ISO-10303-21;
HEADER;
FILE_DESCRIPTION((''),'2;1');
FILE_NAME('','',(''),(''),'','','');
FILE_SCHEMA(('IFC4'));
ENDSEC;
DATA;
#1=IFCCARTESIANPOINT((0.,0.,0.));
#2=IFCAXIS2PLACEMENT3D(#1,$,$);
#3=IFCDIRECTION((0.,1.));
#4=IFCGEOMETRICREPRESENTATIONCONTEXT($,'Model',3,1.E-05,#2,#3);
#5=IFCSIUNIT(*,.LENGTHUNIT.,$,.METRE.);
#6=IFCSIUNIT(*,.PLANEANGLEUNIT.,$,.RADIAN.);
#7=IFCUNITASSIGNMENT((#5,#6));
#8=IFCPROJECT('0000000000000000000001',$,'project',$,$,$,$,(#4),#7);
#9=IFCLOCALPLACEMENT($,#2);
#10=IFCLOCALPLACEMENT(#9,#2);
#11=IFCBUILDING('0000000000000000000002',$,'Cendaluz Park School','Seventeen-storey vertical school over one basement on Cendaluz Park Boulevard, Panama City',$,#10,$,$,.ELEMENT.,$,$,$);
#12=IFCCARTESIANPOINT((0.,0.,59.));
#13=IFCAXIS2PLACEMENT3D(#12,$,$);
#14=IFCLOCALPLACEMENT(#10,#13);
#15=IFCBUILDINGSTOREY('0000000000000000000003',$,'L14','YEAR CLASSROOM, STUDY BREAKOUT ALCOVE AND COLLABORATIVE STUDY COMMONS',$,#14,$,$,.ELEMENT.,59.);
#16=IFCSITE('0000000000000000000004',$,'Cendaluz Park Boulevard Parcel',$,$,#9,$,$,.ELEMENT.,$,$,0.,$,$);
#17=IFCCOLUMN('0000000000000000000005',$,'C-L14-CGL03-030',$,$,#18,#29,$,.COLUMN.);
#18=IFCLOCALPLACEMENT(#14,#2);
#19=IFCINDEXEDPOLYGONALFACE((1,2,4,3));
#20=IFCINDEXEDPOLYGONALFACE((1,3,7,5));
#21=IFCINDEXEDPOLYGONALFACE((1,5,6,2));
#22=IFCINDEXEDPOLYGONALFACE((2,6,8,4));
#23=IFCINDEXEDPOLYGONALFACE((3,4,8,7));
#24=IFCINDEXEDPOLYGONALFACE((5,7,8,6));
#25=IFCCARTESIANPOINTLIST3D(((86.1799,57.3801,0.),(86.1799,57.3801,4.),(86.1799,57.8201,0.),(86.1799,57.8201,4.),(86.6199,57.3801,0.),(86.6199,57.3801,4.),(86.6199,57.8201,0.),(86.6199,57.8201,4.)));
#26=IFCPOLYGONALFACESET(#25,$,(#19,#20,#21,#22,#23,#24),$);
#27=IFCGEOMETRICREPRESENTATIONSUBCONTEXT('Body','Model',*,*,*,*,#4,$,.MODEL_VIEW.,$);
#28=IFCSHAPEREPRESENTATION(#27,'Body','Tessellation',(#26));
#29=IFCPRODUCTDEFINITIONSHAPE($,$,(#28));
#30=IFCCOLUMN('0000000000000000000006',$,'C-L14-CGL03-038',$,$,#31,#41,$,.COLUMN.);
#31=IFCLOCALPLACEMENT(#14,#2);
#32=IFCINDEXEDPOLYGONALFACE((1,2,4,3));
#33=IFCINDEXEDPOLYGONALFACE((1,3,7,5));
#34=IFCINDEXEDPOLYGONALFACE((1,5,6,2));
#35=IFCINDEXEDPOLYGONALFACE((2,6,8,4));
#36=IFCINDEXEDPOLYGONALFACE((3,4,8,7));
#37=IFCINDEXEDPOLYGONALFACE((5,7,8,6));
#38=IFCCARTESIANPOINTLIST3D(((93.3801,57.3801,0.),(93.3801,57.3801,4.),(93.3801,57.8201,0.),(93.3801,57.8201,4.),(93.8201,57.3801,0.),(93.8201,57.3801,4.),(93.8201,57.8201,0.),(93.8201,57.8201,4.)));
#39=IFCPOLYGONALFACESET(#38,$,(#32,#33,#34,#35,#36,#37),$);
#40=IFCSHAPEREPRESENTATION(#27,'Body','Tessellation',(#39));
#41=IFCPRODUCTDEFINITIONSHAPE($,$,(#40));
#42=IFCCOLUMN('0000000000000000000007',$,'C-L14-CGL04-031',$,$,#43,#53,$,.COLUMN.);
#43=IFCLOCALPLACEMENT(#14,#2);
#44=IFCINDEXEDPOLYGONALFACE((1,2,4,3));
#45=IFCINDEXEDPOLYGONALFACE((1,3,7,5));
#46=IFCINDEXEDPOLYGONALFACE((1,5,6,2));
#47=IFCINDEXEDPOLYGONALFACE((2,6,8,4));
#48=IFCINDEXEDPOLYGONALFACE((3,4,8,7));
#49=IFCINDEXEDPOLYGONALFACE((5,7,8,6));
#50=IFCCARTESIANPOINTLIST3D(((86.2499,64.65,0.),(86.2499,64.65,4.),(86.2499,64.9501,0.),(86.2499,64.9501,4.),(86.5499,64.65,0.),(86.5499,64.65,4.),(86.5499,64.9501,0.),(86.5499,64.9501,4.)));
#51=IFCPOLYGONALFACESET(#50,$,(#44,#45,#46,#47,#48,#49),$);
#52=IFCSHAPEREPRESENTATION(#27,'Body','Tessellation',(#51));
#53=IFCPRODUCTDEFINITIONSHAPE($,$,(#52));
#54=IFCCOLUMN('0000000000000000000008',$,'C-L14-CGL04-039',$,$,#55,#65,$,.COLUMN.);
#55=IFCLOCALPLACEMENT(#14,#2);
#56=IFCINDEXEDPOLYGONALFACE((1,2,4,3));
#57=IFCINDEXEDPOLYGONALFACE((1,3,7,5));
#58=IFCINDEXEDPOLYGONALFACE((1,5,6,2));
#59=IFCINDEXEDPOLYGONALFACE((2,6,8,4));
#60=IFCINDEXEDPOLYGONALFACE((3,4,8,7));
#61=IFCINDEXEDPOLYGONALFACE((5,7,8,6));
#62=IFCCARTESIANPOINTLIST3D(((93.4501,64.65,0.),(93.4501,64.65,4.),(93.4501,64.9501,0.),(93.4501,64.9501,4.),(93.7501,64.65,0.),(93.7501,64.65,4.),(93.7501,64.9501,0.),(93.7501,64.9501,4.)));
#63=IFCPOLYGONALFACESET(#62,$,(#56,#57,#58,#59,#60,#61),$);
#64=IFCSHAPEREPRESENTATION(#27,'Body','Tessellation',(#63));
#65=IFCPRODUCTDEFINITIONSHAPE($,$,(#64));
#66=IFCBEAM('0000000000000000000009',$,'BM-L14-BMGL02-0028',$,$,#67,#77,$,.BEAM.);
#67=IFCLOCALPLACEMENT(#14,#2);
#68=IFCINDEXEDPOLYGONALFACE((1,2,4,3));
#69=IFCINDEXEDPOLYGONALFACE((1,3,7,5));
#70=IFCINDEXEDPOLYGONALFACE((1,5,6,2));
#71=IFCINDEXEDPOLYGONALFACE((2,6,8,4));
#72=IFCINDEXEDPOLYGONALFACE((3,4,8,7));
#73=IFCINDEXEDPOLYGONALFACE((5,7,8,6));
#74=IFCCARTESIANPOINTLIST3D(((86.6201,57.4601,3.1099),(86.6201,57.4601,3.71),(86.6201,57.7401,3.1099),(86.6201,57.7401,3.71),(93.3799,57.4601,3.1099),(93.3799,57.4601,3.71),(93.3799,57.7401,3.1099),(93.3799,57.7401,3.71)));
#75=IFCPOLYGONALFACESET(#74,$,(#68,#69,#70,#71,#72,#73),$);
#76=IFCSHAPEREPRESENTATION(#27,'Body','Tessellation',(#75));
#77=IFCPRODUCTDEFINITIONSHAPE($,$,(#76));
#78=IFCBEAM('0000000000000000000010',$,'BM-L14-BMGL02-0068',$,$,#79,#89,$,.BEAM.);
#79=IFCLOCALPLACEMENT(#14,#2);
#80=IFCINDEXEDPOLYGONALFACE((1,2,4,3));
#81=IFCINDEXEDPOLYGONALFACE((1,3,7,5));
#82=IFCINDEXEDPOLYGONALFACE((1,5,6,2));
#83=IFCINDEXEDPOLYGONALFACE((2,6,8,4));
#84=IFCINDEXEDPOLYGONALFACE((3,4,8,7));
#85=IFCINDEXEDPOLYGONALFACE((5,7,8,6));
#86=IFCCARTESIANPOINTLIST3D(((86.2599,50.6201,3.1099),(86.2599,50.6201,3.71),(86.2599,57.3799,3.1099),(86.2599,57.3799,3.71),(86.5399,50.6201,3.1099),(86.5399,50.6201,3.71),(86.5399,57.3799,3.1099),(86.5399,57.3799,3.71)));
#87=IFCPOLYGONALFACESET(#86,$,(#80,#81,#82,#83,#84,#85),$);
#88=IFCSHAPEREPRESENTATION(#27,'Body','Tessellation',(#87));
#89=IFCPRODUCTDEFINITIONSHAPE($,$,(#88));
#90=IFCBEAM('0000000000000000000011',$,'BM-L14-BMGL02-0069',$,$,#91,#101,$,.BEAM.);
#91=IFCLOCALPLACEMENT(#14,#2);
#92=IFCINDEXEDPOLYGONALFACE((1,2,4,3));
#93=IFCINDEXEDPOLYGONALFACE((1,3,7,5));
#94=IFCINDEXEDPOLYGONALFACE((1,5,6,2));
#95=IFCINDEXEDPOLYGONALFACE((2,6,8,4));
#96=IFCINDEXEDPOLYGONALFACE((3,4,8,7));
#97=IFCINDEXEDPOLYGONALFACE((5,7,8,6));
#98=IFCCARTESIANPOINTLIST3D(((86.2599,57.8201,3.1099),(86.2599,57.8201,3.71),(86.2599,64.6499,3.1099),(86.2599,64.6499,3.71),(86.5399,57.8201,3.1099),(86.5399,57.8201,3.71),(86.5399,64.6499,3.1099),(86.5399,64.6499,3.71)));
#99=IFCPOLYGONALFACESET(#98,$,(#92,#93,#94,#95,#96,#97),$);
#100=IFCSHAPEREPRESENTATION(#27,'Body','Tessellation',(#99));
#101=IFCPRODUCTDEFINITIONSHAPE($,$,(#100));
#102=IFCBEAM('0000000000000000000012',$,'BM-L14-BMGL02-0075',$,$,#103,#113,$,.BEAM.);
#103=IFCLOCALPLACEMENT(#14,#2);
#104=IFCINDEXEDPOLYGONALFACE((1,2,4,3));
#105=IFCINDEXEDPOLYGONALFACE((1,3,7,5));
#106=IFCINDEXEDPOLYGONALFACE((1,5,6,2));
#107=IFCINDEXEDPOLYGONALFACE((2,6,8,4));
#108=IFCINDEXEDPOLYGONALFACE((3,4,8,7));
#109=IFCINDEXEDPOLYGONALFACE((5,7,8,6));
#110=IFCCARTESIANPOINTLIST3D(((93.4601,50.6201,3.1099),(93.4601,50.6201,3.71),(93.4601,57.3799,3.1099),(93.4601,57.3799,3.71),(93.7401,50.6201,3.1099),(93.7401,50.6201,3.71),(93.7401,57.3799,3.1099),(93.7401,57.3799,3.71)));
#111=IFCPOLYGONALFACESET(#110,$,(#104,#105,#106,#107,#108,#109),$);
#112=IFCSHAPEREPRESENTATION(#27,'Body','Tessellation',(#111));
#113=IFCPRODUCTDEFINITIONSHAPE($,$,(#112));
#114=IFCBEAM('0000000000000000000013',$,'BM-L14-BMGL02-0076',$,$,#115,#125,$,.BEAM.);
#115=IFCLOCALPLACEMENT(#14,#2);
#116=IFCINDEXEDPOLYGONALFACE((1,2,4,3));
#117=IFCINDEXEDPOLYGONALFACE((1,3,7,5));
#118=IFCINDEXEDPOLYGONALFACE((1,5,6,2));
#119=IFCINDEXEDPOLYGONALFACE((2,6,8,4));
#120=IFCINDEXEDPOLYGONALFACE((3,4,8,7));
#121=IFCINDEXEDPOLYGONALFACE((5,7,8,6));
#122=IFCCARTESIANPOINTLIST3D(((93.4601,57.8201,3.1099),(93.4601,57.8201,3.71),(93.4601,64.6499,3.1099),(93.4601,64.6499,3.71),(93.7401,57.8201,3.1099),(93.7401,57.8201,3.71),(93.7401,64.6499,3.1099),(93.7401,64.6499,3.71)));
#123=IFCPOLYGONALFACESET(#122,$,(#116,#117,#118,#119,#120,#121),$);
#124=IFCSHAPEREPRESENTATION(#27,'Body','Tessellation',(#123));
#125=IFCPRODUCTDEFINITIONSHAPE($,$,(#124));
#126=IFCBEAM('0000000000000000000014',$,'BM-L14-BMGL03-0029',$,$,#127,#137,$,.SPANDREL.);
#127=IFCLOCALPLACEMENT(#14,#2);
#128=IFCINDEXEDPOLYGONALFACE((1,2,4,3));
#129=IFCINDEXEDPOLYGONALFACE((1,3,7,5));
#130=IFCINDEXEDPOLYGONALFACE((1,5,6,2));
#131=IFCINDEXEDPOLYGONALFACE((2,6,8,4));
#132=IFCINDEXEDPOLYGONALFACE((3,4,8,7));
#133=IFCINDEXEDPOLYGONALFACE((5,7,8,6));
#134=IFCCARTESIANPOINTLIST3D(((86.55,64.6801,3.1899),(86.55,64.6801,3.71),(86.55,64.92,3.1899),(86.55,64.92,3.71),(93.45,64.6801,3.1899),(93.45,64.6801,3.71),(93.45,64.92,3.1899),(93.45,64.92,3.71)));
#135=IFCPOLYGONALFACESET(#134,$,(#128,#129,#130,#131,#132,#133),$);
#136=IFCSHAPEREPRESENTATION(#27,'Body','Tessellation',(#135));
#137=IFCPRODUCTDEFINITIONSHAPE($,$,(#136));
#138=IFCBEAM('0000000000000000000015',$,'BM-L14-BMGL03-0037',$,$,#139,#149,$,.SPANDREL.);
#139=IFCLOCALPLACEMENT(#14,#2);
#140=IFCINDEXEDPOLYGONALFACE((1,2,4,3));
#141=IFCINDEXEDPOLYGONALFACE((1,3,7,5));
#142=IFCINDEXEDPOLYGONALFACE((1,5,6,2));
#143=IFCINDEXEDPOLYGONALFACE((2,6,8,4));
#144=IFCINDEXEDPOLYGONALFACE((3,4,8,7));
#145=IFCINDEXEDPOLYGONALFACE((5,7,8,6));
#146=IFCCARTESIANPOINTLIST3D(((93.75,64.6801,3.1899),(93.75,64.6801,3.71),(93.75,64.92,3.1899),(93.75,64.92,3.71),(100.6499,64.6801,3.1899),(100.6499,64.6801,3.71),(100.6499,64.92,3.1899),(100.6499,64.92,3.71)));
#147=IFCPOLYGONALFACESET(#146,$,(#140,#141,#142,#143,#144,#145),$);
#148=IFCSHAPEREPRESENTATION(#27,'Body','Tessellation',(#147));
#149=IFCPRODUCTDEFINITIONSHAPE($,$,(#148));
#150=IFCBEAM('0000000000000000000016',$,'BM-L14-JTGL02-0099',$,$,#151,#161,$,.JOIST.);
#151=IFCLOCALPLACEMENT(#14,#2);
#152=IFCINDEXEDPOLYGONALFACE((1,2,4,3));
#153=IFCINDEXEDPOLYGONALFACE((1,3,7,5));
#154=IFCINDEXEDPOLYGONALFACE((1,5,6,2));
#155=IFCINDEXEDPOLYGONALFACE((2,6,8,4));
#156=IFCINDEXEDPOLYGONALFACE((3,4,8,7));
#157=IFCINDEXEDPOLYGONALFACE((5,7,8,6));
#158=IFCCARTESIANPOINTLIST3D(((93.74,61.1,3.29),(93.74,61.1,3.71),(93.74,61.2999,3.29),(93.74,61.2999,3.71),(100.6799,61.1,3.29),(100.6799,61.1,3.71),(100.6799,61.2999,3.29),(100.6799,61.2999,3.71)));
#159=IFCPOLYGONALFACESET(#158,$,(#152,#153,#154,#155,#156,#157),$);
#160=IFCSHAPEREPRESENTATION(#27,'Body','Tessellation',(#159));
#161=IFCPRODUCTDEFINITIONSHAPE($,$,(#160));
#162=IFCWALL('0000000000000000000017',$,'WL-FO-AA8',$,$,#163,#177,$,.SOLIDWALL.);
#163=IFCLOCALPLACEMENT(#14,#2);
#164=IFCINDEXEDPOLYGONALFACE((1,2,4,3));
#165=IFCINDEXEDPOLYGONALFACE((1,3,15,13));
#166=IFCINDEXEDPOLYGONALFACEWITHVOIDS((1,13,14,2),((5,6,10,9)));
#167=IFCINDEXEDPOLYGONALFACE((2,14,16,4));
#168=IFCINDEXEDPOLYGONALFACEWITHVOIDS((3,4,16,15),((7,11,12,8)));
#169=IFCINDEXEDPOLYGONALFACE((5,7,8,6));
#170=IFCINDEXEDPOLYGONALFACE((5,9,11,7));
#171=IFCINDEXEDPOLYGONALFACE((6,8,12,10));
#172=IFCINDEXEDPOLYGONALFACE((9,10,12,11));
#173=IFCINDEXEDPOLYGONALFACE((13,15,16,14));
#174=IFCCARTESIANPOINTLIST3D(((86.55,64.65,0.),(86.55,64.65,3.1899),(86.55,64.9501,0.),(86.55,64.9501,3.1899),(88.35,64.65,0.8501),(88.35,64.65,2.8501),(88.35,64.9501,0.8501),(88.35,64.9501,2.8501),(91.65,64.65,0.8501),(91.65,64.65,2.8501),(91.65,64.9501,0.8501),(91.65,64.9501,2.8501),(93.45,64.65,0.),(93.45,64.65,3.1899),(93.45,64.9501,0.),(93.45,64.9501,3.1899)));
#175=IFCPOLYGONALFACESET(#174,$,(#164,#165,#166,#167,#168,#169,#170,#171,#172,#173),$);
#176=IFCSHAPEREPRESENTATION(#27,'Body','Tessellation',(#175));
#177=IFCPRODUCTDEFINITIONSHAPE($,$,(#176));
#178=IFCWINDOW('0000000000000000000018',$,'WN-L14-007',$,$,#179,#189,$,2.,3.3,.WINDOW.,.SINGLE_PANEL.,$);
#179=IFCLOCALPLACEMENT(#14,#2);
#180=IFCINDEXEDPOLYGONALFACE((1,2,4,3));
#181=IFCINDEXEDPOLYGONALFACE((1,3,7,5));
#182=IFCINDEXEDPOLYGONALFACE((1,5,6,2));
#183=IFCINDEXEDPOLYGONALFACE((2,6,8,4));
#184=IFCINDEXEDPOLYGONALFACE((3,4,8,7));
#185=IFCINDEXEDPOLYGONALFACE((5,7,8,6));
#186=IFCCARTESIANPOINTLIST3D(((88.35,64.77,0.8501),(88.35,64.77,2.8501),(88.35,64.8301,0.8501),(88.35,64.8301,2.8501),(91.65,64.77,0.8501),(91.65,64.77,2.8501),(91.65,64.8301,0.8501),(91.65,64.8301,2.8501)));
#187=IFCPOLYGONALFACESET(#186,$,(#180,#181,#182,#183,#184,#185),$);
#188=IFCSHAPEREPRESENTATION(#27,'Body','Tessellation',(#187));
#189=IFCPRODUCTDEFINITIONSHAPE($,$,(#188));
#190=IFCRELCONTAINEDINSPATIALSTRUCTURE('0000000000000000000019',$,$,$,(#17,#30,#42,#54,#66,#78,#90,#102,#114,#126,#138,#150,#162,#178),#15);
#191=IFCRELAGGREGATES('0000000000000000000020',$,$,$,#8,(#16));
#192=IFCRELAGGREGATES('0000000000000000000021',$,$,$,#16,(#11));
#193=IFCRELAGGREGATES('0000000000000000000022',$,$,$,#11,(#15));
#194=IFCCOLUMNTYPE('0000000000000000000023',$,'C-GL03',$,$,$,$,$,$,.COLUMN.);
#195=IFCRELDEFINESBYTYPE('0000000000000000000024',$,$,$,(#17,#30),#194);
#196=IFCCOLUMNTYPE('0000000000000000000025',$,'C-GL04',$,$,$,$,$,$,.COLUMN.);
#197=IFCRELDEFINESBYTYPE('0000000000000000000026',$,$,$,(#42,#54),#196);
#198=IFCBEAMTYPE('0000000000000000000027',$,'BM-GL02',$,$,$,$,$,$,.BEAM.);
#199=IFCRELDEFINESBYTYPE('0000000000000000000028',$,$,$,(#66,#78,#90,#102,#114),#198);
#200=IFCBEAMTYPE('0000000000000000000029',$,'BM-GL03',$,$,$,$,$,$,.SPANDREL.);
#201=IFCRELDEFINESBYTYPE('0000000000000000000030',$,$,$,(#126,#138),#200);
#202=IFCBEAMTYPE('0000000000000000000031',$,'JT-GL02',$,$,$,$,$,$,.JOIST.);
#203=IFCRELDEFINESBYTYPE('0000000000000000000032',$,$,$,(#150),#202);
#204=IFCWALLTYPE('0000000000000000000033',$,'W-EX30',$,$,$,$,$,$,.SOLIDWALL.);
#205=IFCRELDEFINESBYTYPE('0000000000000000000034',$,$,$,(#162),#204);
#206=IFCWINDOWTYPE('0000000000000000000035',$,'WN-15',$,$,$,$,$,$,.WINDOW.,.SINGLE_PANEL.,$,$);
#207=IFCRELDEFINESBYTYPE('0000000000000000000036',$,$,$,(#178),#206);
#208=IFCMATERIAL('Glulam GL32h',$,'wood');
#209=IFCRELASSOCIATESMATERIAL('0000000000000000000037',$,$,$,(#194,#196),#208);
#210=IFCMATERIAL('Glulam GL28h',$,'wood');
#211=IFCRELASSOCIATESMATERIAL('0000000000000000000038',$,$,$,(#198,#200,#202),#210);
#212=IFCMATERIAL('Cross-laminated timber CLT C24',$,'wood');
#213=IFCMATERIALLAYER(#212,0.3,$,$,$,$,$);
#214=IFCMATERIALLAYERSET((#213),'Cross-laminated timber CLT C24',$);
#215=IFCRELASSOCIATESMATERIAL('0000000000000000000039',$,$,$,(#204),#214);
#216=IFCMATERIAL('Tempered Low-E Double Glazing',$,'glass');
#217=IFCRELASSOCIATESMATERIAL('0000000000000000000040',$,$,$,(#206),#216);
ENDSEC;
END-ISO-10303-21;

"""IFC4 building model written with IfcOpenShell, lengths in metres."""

from ifc_helpers import new_model, si_unit, direction, frame, frame_2d, origin, origin_2d, place, context, subcontext, project, spatial, rectangle, extrude, material, layer, layer_set, material_profile, profile_set, type_object, element, fill, save


model = new_model("IFC4")

# Units and contexts
model_context = context("Model", 3, precision=1e-05, world=origin(), true_north=direction((0.0, 1.0)))
body_context = subcontext(model_context, "Body", "Model", "MODEL_VIEW")
ifc_project = project(units=[si_unit("LENGTHUNIT", "METRE"), si_unit("PLANEANGLEUNIT", "RADIAN")], contexts=[model_context])

# Site, building, storey
site_placement = place(None, origin())
site = spatial("IfcSite", under=ifc_project, at=site_placement, Name="Cendaluz Park Boulevard Parcel", CompositionType="ELEMENT", RefElevation=0.0)
building_placement = place(site_placement, origin())
building = spatial("IfcBuilding", under=site, at=building_placement, Name="Cendaluz Park School", Description="Seventeen-storey vertical school over one basement on Cendaluz Park Boulevard, Panama City", CompositionType="ELEMENT")
storey_placement = place(building_placement, frame((0.0, 0.0, 59.0)))
storey = spatial("IfcBuildingStorey", under=building, at=storey_placement, Name="L14", Description="YEAR CLASSROOM, STUDY BREAKOUT ALCOVE AND COLLABORATIVE STUDY COMMONS", CompositionType="ELEMENT", Elevation=59.0)

# Columns
ifc_material_1 = material(Name="Glulam GL32h", Category="wood")
ifc_material_profile_1 = material_profile(ifc_material_1, rectangle(XDim=0.4399, YDim=0.4399, at=origin_2d()), Name="GL32h 440x440", Category="wood")
ifc_profile_set_1 = profile_set([ifc_material_profile_1], Name="Glulam GL32h")
column_type_1 = type_object("IfcColumnType", Name="C-GL03", PredefinedType="COLUMN", material=ifc_profile_set_1)
for number, where, z_axis, x_axis, name in (
    (1, (86.3999, 57.6001, 0.0), (0.0, 0.0, 1.0), (1.0, 0.0, 0.0), "C-L14-CGL03-030"),
    (2, (93.6001, 57.6001, 0.0), (0.0, 0.0, 1.0), (1.0, 0.0, 0.0), "C-L14-CGL03-038"),
):
    element("IfcColumn", number, at=place(storey_placement, frame(where, z_axis=z_axis, x_axis=x_axis)), inside=storey, type_object=column_type_1, Name=name, PredefinedType="COLUMN", context=body_context, shape_type="SweptSolid", body=[
        extrude(rectangle(XDim=0.4399, YDim=0.4399, at=origin_2d()), origin(), (0.0, 0.0, 1.0), 4.0),
    ])
ifc_material_profile_2 = material_profile(ifc_material_1, rectangle(XDim=0.3, YDim=0.3, at=origin_2d()), Name="GL32h 300x300", Category="wood")
ifc_profile_set_2 = profile_set([ifc_material_profile_2], Name="Glulam GL32h")
column_type_2 = type_object("IfcColumnType", Name="C-GL04", PredefinedType="COLUMN", material=ifc_profile_set_2)
for number, where, z_axis, x_axis, name in (
    (3, (86.3999, 64.8, 0.0), (0.0, 0.0, 1.0), (1.0, 0.0, 0.0), "C-L14-CGL04-031"),
    (4, (93.6001, 64.8, 0.0), (0.0, 0.0, 1.0), (1.0, 0.0, 0.0), "C-L14-CGL04-039"),
):
    element("IfcColumn", number, at=place(storey_placement, frame(where, z_axis=z_axis, x_axis=x_axis)), inside=storey, type_object=column_type_2, Name=name, PredefinedType="COLUMN", context=body_context, shape_type="SweptSolid", body=[
        extrude(rectangle(XDim=0.3, YDim=0.3, at=origin_2d()), origin(), (0.0, 0.0, 1.0), 4.0),
    ])

# Beams
ifc_material_2 = material(Name="Glulam GL28h", Category="wood")
ifc_material_profile_3 = material_profile(ifc_material_2, rectangle(XDim=0.28, YDim=0.6001, at=origin_2d()), Name="GL28h 280x600", Category="wood")
ifc_profile_set_3 = profile_set([ifc_material_profile_3], Name="Glulam GL28h")
beam_type_1 = type_object("IfcBeamType", Name="BM-GL02", PredefinedType="BEAM", material=ifc_profile_set_3)
for number, where, z_axis, x_axis, name in (
    (5, (86.6201, 57.6001, 3.4099), (1.0, 0.0, 0.0), (0.0, 1.0, 0.0), "BM-L14-BMGL02-0028"),
    (6, (86.3999, 50.6201, 3.4099), (0.0, 1.0, 0.0), (-1.0, 0.0, 0.0), "BM-L14-BMGL02-0068"),
):
    element("IfcBeam", number, at=place(storey_placement, frame(where, z_axis=z_axis, x_axis=x_axis)), inside=storey, type_object=beam_type_1, Name=name, PredefinedType="BEAM", context=body_context, shape_type="SweptSolid", body=[
        extrude(rectangle(XDim=0.28, YDim=0.6001, at=origin_2d()), origin(), (0.0, 0.0, 1.0), 6.7598),
    ])
beam_1_placement = place(storey_placement, frame((86.3999, 57.8201, 3.4099), z_axis=(0.0, 1.0, 0.0), x_axis=(-1.0, 0.0, 0.0)))
element("IfcBeam", 7, at=beam_1_placement, inside=storey, type_object=beam_type_1, Name="BM-L14-BMGL02-0069", PredefinedType="BEAM", context=body_context, shape_type="SweptSolid", body=[
    extrude(rectangle(XDim=0.28, YDim=0.6001, at=origin_2d()), origin(), (0.0, 0.0, 1.0), 6.8298),
])
beam_2_placement = place(storey_placement, frame((93.6001, 50.6201, 3.4099), z_axis=(0.0, 1.0, 0.0), x_axis=(-1.0, 0.0, 0.0)))
element("IfcBeam", 8, at=beam_2_placement, inside=storey, type_object=beam_type_1, Name="BM-L14-BMGL02-0075", PredefinedType="BEAM", context=body_context, shape_type="SweptSolid", body=[
    extrude(rectangle(XDim=0.28, YDim=0.6001, at=origin_2d()), origin(), (0.0, 0.0, 1.0), 6.7598),
])
beam_3_placement = place(storey_placement, frame((93.6001, 57.8201, 3.4099), z_axis=(0.0, 1.0, 0.0), x_axis=(-1.0, 0.0, 0.0)))
element("IfcBeam", 9, at=beam_3_placement, inside=storey, type_object=beam_type_1, Name="BM-L14-BMGL02-0076", PredefinedType="BEAM", context=body_context, shape_type="SweptSolid", body=[
    extrude(rectangle(XDim=0.28, YDim=0.6001, at=origin_2d()), origin(), (0.0, 0.0, 1.0), 6.8298),
])
ifc_material_profile_4 = material_profile(ifc_material_2, rectangle(XDim=0.24, YDim=0.52, at=origin_2d()), Name="GL28h 240x520", Category="wood")
ifc_profile_set_4 = profile_set([ifc_material_profile_4], Name="Glulam GL28h")
beam_type_2 = type_object("IfcBeamType", Name="BM-GL03", PredefinedType="SPANDREL", material=ifc_profile_set_4)
for number, where, z_axis, x_axis, name in (
    (10, (86.55, 64.8, 3.45), (1.0, 0.0, 0.0), (0.0, 1.0, 0.0), "BM-L14-BMGL03-0029"),
    (11, (93.75, 64.8, 3.45), (1.0, 0.0, 0.0), (0.0, 1.0, 0.0), "BM-L14-BMGL03-0037"),
):
    element("IfcBeam", number, at=place(storey_placement, frame(where, z_axis=z_axis, x_axis=x_axis)), inside=storey, type_object=beam_type_2, Name=name, PredefinedType="SPANDREL", context=body_context, shape_type="SweptSolid", body=[
        extrude(rectangle(XDim=0.24, YDim=0.52, at=origin_2d()), origin(), (0.0, 0.0, 1.0), 6.8999),
    ])
ifc_material_profile_5 = material_profile(ifc_material_2, rectangle(XDim=0.2, YDim=0.4199, at=origin_2d()), Name="GL28h 200x420", Category="wood")
ifc_profile_set_5 = profile_set([ifc_material_profile_5], Name="Glulam GL28h")
beam_type_3 = type_object("IfcBeamType", Name="JT-GL02", PredefinedType="JOIST", material=ifc_profile_set_5)
beam_4_placement = place(storey_placement, frame((93.74, 61.2, 3.5), z_axis=(1.0, 0.0, 0.0), x_axis=(0.0, 1.0, 0.0)))
element("IfcBeam", 12, at=beam_4_placement, inside=storey, type_object=beam_type_3, Name="BM-L14-JTGL02-0099", PredefinedType="JOIST", context=body_context, shape_type="SweptSolid", body=[
    extrude(rectangle(XDim=0.2, YDim=0.4199, at=origin_2d()), origin(), (0.0, 0.0, 1.0), 6.9399),
])

# Wall, opening, window
ifc_material_3 = material(Name="Cross-laminated timber CLT C24", Category="wood")
ifc_layer_1 = layer(ifc_material_3, 0.3)
ifc_layer_set_1 = layer_set([ifc_layer_1], Name="Cross-laminated timber CLT C24")
wall_type_1 = type_object("IfcWallType", Name="W-EX30", PredefinedType="SOLIDWALL", material=ifc_layer_set_1)
wall_1_placement = place(storey_placement, frame((86.55, 64.8, 0.0), z_axis=(0.0, 0.0, 1.0), x_axis=(1.0, 0.0, 0.0)))
wall_1 = element("IfcWall", 13, at=wall_1_placement, inside=storey, type_object=wall_type_1, Name="WL-FO-AA8", PredefinedType="SOLIDWALL", context=body_context, shape_type="SweptSolid", body=[
    extrude(rectangle(XDim=6.8999, YDim=0.3, at=frame_2d((3.45, 0.0))), origin(), (0.0, 0.0, 1.0), 3.1899),
])
opening_placement = place(wall_1_placement, frame((1.8, 0.0, 0.8501)))
opening = element("IfcOpeningElement", 14, at=opening_placement, cuts=wall_1, PredefinedType="OPENING", context=body_context, shape_type="SweptSolid", body=[
    extrude(rectangle(XDim=3.3, YDim=2.0, at=frame_2d((1.6499, 1.0))), frame((0.0, 0.1621, 0.0), z_axis=(0.0, -1.0, 0.0), x_axis=(1.0, 0.0, 0.0)), (0.0, 0.0, 1.0), 0.324),
])
ifc_material_4 = material(Name="Tempered Low-E Double Glazing", Category="glass")
window_type = type_object("IfcWindowType", Name="WN-15", PartitioningType="SINGLE_PANEL", PredefinedType="WINDOW", material=ifc_material_4)
window_placement = place(opening_placement, origin())
window = element("IfcWindow", 15, at=window_placement, inside=storey, type_object=window_type, Name="WN-L14-007", OverallHeight=2.0, OverallWidth=3.3, PartitioningType="SINGLE_PANEL", PredefinedType="WINDOW", context=body_context, shape_type="SweptSolid", body=[
    extrude(rectangle(XDim=3.3, YDim=2.0, at=frame_2d((1.6499, 1.0))), frame((0.0, 0.03, 0.0), z_axis=(0.0, -1.0, 0.0), x_axis=(1.0, 0.0, 0.0)), (0.0, 0.0, 1.0), 0.0601),
])
fill(opening, window)

save(model, "model.ifc")
